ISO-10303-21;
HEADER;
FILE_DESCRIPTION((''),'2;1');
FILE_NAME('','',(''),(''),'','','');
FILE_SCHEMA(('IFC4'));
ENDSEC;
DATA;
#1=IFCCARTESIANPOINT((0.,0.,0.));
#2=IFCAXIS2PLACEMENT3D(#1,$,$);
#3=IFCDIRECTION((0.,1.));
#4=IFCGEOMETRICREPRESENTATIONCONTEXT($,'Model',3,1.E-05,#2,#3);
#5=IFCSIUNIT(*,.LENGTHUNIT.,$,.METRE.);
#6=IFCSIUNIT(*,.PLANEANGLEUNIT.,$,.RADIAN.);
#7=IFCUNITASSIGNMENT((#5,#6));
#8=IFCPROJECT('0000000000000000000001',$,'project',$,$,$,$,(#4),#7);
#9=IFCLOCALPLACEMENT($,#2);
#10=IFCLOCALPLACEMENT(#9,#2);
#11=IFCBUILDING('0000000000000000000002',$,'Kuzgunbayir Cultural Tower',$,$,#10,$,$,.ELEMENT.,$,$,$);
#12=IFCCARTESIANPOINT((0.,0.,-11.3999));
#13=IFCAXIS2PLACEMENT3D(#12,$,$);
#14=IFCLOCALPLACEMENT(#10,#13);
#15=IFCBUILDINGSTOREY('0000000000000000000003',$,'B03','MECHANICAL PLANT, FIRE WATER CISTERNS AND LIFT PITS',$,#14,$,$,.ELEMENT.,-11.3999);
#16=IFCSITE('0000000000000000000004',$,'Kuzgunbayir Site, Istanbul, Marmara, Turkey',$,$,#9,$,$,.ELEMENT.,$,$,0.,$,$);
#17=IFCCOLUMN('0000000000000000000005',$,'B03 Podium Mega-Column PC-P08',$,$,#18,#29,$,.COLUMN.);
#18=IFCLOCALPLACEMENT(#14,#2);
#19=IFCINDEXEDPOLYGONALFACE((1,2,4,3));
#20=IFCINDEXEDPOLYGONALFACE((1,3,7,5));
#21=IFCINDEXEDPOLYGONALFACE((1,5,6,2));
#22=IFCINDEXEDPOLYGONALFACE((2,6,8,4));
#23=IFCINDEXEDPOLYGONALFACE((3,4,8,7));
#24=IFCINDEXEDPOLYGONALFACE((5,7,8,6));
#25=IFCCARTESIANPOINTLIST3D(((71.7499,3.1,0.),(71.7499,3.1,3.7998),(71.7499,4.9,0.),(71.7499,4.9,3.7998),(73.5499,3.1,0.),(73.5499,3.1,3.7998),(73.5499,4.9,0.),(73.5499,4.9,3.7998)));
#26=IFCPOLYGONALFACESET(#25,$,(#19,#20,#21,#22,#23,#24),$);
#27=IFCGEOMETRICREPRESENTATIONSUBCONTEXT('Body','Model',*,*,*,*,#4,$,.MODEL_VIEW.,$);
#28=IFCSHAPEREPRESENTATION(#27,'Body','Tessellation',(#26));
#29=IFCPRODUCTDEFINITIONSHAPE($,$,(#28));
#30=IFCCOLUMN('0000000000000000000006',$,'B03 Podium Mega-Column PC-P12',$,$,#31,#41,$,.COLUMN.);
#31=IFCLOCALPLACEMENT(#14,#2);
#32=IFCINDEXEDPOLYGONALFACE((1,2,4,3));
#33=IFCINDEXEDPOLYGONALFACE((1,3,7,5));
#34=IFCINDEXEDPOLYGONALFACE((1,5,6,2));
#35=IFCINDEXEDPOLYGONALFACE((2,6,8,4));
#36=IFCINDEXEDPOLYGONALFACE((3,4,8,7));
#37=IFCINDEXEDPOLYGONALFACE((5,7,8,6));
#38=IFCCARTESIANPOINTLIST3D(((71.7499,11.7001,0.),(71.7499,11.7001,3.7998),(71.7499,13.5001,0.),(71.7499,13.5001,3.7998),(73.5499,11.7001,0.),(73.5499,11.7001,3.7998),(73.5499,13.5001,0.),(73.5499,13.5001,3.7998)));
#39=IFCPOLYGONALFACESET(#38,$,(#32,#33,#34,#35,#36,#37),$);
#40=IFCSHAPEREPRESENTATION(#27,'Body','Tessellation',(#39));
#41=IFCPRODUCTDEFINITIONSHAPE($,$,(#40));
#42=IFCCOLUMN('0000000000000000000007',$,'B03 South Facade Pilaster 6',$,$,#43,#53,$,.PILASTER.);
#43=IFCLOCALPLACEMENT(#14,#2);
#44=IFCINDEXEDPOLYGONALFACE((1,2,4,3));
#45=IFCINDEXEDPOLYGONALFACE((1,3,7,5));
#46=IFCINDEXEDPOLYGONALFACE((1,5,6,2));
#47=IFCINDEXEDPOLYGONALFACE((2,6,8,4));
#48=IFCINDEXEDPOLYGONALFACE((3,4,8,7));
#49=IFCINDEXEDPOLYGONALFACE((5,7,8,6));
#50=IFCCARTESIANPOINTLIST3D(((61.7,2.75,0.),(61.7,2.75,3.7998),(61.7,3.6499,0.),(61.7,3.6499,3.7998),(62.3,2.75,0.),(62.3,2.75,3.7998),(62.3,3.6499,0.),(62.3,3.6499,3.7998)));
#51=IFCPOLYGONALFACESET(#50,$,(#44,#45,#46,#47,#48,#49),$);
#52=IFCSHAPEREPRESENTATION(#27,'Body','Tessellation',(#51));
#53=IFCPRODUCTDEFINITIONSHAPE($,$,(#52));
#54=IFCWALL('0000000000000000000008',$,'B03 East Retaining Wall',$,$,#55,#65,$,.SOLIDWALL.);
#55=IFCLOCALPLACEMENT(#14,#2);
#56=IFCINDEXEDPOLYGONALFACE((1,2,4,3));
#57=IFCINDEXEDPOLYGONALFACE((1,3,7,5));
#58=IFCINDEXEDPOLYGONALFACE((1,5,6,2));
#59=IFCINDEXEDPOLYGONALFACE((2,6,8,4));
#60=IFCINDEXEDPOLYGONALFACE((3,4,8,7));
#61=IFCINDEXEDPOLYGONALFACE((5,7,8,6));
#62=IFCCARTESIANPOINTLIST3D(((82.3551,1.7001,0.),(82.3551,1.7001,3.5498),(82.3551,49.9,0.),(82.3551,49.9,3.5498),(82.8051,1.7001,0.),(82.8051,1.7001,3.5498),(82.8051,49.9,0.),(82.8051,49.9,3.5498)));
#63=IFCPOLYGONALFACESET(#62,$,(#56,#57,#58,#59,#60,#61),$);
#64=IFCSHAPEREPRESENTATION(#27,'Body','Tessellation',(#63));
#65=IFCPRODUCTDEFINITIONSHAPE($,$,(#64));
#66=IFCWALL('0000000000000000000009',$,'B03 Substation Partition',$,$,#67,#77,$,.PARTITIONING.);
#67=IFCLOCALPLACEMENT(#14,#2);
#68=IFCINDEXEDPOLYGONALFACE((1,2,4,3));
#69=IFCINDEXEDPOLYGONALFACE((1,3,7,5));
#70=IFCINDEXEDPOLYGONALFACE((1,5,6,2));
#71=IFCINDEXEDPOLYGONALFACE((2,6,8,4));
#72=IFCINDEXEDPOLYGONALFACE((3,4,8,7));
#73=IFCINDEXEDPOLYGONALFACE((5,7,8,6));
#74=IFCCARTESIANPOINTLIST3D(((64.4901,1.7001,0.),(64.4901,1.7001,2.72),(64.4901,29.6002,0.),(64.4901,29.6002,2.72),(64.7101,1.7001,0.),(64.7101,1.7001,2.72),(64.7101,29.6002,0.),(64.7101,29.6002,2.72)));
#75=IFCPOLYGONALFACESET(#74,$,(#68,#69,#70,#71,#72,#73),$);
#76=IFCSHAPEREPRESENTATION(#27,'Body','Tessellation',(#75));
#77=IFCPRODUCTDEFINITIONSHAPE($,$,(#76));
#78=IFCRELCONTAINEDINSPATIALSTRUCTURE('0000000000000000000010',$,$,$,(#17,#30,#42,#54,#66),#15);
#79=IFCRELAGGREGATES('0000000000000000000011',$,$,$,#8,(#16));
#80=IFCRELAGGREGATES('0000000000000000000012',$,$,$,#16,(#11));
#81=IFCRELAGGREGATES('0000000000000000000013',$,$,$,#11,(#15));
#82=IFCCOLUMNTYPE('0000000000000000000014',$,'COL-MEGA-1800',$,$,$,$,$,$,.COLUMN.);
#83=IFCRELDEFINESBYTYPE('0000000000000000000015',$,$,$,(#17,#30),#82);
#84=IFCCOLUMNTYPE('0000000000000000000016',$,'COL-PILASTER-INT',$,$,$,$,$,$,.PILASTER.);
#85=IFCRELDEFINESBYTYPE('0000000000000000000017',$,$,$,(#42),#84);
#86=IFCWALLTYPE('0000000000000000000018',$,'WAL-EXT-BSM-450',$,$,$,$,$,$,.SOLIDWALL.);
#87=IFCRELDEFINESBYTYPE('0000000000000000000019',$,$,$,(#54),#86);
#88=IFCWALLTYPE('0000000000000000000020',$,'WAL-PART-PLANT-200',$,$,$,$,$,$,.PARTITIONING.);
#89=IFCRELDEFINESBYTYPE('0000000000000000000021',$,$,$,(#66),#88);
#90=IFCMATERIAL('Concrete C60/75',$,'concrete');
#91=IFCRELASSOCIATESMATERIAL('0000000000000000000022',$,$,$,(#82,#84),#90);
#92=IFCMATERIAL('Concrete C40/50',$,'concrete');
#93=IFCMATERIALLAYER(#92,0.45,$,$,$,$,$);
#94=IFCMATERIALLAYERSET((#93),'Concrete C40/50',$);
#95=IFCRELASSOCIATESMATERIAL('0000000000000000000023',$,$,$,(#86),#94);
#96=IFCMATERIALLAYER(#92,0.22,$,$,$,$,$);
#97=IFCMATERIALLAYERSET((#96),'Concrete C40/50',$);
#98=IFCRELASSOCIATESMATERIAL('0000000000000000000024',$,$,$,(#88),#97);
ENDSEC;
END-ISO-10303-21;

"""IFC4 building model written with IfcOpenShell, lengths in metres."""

from ifc_helpers import new_model, si_unit, direction, frame, frame_2d, origin, origin_2d, place, context, subcontext, project, spatial, rectangle, extrude, material, layer, layer_set, material_profile, profile_set, type_object, element, save


model = new_model("IFC4")

# Units and contexts
model_context = context("Model", 3, precision=1e-05, world=origin(), true_north=direction((0.0, 1.0)))
body_context = subcontext(model_context, "Body", "Model", "MODEL_VIEW")
ifc_project = project(units=[si_unit("LENGTHUNIT", "METRE"), si_unit("PLANEANGLEUNIT", "RADIAN")], contexts=[model_context])

# Site, building, storey
site_placement = place(None, origin())
site = spatial("IfcSite", under=ifc_project, at=site_placement, Name="Kuzgunbayir Site, Istanbul, Marmara, Turkey", CompositionType="ELEMENT", RefElevation=0.0)
building_placement = place(site_placement, origin())
building = spatial("IfcBuilding", under=site, at=building_placement, Name="Kuzgunbayir Cultural Tower", CompositionType="ELEMENT")
storey_placement = place(building_placement, frame((0.0, 0.0, -11.3999)))
storey = spatial("IfcBuildingStorey", under=building, at=storey_placement, Name="B03", Description="MECHANICAL PLANT, FIRE WATER CISTERNS AND LIFT PITS", CompositionType="ELEMENT", Elevation=-11.3999)

# Shared definitions
ifc_material_1 = material(Name="Concrete C40/50", Category="concrete")

# Columns
ifc_material_2 = material(Name="Concrete C60/75", Category="concrete")
ifc_material_profile_1 = material_profile(ifc_material_2, rectangle(XDim=1.8, YDim=1.8, at=origin_2d()), Name="RC 1800x1800")
ifc_profile_set_1 = profile_set([ifc_material_profile_1], Name="Concrete C60/75")
column_type_1 = type_object("IfcColumnType", Name="COL-MEGA-1800", PredefinedType="COLUMN", material=ifc_profile_set_1)
for number, where, z_axis, x_axis, name in (
    (1, (72.6499, 4.0, 0.0), (0.0, 0.0, 1.0), (1.0, 0.0, 0.0), "B03 Podium Mega-Column PC-P08"),
    (2, (72.6499, 12.6001, 0.0), (0.0, 0.0, 1.0), (1.0, 0.0, 0.0), "B03 Podium Mega-Column PC-P12"),
):
    element("IfcColumn", number, at=place(storey_placement, frame(where, z_axis=z_axis, x_axis=x_axis)), inside=storey, type_object=column_type_1, Name=name, PredefinedType="COLUMN", context=body_context, shape_type="SweptSolid", body=[
        extrude(rectangle(XDim=1.8, YDim=1.8, at=origin_2d()), origin(), (0.0, 0.0, 1.0), 3.7998),
    ])
ifc_material_profile_2 = material_profile(ifc_material_2, rectangle(XDim=0.6001, YDim=0.8999, at=origin_2d()), Name="RC 600x900")
ifc_profile_set_2 = profile_set([ifc_material_profile_2], Name="Concrete C60/75")
column_type_2 = type_object("IfcColumnType", Name="COL-PILASTER-INT", PredefinedType="PILASTER", material=ifc_profile_set_2)
column_1_placement = place(storey_placement, frame((62.0, 3.2, 0.0), z_axis=(0.0, 0.0, 1.0), x_axis=(1.0, 0.0, 0.0)))
element("IfcColumn", 3, at=column_1_placement, inside=storey, type_object=column_type_2, Name="B03 South Facade Pilaster 6", PredefinedType="PILASTER", context=body_context, shape_type="SweptSolid", body=[
    extrude(rectangle(XDim=0.6001, YDim=0.8999, at=origin_2d()), origin(), (0.0, 0.0, 1.0), 3.7998),
])

# Walls
ifc_layer_1 = layer(ifc_material_1, 0.45)
ifc_layer_set_1 = layer_set([ifc_layer_1], Name="Concrete C40/50")
wall_type_1 = type_object("IfcWallType", Name="WAL-EXT-BSM-450", PredefinedType="SOLIDWALL", material=ifc_layer_set_1)
wall_1_placement = place(storey_placement, frame((82.5801, 1.7, 0.0), z_axis=(0.0, 0.0, 1.0), x_axis=(0.0, 1.0, 0.0)))
element("IfcWall", 4, at=wall_1_placement, inside=storey, type_object=wall_type_1, Name="B03 East Retaining Wall", PredefinedType="SOLIDWALL", context=body_context, shape_type="SweptSolid", body=[
    extrude(rectangle(XDim=48.2, YDim=0.45, at=frame_2d((24.1001, 0.0))), origin(), (0.0, 0.0, 1.0), 3.5498),
])
ifc_layer_2 = layer(ifc_material_1, 0.22)
ifc_layer_set_2 = layer_set([ifc_layer_2], Name="Concrete C40/50")
wall_type_2 = type_object("IfcWallType", Name="WAL-PART-PLANT-200", PredefinedType="PARTITIONING", material=ifc_layer_set_2)
wall_2_placement = place(storey_placement, frame((64.6001, 1.7, 0.0), z_axis=(0.0, 0.0, 1.0), x_axis=(0.0, 1.0, 0.0)))
element("IfcWall", 5, at=wall_2_placement, inside=storey, type_object=wall_type_2, Name="B03 Substation Partition", PredefinedType="PARTITIONING", context=body_context, shape_type="SweptSolid", body=[
    extrude(rectangle(XDim=27.9001, YDim=0.22, at=frame_2d((13.9502, 0.0))), origin(), (0.0, 0.0, 1.0), 2.72),
])

save(model, "model.ifc")
